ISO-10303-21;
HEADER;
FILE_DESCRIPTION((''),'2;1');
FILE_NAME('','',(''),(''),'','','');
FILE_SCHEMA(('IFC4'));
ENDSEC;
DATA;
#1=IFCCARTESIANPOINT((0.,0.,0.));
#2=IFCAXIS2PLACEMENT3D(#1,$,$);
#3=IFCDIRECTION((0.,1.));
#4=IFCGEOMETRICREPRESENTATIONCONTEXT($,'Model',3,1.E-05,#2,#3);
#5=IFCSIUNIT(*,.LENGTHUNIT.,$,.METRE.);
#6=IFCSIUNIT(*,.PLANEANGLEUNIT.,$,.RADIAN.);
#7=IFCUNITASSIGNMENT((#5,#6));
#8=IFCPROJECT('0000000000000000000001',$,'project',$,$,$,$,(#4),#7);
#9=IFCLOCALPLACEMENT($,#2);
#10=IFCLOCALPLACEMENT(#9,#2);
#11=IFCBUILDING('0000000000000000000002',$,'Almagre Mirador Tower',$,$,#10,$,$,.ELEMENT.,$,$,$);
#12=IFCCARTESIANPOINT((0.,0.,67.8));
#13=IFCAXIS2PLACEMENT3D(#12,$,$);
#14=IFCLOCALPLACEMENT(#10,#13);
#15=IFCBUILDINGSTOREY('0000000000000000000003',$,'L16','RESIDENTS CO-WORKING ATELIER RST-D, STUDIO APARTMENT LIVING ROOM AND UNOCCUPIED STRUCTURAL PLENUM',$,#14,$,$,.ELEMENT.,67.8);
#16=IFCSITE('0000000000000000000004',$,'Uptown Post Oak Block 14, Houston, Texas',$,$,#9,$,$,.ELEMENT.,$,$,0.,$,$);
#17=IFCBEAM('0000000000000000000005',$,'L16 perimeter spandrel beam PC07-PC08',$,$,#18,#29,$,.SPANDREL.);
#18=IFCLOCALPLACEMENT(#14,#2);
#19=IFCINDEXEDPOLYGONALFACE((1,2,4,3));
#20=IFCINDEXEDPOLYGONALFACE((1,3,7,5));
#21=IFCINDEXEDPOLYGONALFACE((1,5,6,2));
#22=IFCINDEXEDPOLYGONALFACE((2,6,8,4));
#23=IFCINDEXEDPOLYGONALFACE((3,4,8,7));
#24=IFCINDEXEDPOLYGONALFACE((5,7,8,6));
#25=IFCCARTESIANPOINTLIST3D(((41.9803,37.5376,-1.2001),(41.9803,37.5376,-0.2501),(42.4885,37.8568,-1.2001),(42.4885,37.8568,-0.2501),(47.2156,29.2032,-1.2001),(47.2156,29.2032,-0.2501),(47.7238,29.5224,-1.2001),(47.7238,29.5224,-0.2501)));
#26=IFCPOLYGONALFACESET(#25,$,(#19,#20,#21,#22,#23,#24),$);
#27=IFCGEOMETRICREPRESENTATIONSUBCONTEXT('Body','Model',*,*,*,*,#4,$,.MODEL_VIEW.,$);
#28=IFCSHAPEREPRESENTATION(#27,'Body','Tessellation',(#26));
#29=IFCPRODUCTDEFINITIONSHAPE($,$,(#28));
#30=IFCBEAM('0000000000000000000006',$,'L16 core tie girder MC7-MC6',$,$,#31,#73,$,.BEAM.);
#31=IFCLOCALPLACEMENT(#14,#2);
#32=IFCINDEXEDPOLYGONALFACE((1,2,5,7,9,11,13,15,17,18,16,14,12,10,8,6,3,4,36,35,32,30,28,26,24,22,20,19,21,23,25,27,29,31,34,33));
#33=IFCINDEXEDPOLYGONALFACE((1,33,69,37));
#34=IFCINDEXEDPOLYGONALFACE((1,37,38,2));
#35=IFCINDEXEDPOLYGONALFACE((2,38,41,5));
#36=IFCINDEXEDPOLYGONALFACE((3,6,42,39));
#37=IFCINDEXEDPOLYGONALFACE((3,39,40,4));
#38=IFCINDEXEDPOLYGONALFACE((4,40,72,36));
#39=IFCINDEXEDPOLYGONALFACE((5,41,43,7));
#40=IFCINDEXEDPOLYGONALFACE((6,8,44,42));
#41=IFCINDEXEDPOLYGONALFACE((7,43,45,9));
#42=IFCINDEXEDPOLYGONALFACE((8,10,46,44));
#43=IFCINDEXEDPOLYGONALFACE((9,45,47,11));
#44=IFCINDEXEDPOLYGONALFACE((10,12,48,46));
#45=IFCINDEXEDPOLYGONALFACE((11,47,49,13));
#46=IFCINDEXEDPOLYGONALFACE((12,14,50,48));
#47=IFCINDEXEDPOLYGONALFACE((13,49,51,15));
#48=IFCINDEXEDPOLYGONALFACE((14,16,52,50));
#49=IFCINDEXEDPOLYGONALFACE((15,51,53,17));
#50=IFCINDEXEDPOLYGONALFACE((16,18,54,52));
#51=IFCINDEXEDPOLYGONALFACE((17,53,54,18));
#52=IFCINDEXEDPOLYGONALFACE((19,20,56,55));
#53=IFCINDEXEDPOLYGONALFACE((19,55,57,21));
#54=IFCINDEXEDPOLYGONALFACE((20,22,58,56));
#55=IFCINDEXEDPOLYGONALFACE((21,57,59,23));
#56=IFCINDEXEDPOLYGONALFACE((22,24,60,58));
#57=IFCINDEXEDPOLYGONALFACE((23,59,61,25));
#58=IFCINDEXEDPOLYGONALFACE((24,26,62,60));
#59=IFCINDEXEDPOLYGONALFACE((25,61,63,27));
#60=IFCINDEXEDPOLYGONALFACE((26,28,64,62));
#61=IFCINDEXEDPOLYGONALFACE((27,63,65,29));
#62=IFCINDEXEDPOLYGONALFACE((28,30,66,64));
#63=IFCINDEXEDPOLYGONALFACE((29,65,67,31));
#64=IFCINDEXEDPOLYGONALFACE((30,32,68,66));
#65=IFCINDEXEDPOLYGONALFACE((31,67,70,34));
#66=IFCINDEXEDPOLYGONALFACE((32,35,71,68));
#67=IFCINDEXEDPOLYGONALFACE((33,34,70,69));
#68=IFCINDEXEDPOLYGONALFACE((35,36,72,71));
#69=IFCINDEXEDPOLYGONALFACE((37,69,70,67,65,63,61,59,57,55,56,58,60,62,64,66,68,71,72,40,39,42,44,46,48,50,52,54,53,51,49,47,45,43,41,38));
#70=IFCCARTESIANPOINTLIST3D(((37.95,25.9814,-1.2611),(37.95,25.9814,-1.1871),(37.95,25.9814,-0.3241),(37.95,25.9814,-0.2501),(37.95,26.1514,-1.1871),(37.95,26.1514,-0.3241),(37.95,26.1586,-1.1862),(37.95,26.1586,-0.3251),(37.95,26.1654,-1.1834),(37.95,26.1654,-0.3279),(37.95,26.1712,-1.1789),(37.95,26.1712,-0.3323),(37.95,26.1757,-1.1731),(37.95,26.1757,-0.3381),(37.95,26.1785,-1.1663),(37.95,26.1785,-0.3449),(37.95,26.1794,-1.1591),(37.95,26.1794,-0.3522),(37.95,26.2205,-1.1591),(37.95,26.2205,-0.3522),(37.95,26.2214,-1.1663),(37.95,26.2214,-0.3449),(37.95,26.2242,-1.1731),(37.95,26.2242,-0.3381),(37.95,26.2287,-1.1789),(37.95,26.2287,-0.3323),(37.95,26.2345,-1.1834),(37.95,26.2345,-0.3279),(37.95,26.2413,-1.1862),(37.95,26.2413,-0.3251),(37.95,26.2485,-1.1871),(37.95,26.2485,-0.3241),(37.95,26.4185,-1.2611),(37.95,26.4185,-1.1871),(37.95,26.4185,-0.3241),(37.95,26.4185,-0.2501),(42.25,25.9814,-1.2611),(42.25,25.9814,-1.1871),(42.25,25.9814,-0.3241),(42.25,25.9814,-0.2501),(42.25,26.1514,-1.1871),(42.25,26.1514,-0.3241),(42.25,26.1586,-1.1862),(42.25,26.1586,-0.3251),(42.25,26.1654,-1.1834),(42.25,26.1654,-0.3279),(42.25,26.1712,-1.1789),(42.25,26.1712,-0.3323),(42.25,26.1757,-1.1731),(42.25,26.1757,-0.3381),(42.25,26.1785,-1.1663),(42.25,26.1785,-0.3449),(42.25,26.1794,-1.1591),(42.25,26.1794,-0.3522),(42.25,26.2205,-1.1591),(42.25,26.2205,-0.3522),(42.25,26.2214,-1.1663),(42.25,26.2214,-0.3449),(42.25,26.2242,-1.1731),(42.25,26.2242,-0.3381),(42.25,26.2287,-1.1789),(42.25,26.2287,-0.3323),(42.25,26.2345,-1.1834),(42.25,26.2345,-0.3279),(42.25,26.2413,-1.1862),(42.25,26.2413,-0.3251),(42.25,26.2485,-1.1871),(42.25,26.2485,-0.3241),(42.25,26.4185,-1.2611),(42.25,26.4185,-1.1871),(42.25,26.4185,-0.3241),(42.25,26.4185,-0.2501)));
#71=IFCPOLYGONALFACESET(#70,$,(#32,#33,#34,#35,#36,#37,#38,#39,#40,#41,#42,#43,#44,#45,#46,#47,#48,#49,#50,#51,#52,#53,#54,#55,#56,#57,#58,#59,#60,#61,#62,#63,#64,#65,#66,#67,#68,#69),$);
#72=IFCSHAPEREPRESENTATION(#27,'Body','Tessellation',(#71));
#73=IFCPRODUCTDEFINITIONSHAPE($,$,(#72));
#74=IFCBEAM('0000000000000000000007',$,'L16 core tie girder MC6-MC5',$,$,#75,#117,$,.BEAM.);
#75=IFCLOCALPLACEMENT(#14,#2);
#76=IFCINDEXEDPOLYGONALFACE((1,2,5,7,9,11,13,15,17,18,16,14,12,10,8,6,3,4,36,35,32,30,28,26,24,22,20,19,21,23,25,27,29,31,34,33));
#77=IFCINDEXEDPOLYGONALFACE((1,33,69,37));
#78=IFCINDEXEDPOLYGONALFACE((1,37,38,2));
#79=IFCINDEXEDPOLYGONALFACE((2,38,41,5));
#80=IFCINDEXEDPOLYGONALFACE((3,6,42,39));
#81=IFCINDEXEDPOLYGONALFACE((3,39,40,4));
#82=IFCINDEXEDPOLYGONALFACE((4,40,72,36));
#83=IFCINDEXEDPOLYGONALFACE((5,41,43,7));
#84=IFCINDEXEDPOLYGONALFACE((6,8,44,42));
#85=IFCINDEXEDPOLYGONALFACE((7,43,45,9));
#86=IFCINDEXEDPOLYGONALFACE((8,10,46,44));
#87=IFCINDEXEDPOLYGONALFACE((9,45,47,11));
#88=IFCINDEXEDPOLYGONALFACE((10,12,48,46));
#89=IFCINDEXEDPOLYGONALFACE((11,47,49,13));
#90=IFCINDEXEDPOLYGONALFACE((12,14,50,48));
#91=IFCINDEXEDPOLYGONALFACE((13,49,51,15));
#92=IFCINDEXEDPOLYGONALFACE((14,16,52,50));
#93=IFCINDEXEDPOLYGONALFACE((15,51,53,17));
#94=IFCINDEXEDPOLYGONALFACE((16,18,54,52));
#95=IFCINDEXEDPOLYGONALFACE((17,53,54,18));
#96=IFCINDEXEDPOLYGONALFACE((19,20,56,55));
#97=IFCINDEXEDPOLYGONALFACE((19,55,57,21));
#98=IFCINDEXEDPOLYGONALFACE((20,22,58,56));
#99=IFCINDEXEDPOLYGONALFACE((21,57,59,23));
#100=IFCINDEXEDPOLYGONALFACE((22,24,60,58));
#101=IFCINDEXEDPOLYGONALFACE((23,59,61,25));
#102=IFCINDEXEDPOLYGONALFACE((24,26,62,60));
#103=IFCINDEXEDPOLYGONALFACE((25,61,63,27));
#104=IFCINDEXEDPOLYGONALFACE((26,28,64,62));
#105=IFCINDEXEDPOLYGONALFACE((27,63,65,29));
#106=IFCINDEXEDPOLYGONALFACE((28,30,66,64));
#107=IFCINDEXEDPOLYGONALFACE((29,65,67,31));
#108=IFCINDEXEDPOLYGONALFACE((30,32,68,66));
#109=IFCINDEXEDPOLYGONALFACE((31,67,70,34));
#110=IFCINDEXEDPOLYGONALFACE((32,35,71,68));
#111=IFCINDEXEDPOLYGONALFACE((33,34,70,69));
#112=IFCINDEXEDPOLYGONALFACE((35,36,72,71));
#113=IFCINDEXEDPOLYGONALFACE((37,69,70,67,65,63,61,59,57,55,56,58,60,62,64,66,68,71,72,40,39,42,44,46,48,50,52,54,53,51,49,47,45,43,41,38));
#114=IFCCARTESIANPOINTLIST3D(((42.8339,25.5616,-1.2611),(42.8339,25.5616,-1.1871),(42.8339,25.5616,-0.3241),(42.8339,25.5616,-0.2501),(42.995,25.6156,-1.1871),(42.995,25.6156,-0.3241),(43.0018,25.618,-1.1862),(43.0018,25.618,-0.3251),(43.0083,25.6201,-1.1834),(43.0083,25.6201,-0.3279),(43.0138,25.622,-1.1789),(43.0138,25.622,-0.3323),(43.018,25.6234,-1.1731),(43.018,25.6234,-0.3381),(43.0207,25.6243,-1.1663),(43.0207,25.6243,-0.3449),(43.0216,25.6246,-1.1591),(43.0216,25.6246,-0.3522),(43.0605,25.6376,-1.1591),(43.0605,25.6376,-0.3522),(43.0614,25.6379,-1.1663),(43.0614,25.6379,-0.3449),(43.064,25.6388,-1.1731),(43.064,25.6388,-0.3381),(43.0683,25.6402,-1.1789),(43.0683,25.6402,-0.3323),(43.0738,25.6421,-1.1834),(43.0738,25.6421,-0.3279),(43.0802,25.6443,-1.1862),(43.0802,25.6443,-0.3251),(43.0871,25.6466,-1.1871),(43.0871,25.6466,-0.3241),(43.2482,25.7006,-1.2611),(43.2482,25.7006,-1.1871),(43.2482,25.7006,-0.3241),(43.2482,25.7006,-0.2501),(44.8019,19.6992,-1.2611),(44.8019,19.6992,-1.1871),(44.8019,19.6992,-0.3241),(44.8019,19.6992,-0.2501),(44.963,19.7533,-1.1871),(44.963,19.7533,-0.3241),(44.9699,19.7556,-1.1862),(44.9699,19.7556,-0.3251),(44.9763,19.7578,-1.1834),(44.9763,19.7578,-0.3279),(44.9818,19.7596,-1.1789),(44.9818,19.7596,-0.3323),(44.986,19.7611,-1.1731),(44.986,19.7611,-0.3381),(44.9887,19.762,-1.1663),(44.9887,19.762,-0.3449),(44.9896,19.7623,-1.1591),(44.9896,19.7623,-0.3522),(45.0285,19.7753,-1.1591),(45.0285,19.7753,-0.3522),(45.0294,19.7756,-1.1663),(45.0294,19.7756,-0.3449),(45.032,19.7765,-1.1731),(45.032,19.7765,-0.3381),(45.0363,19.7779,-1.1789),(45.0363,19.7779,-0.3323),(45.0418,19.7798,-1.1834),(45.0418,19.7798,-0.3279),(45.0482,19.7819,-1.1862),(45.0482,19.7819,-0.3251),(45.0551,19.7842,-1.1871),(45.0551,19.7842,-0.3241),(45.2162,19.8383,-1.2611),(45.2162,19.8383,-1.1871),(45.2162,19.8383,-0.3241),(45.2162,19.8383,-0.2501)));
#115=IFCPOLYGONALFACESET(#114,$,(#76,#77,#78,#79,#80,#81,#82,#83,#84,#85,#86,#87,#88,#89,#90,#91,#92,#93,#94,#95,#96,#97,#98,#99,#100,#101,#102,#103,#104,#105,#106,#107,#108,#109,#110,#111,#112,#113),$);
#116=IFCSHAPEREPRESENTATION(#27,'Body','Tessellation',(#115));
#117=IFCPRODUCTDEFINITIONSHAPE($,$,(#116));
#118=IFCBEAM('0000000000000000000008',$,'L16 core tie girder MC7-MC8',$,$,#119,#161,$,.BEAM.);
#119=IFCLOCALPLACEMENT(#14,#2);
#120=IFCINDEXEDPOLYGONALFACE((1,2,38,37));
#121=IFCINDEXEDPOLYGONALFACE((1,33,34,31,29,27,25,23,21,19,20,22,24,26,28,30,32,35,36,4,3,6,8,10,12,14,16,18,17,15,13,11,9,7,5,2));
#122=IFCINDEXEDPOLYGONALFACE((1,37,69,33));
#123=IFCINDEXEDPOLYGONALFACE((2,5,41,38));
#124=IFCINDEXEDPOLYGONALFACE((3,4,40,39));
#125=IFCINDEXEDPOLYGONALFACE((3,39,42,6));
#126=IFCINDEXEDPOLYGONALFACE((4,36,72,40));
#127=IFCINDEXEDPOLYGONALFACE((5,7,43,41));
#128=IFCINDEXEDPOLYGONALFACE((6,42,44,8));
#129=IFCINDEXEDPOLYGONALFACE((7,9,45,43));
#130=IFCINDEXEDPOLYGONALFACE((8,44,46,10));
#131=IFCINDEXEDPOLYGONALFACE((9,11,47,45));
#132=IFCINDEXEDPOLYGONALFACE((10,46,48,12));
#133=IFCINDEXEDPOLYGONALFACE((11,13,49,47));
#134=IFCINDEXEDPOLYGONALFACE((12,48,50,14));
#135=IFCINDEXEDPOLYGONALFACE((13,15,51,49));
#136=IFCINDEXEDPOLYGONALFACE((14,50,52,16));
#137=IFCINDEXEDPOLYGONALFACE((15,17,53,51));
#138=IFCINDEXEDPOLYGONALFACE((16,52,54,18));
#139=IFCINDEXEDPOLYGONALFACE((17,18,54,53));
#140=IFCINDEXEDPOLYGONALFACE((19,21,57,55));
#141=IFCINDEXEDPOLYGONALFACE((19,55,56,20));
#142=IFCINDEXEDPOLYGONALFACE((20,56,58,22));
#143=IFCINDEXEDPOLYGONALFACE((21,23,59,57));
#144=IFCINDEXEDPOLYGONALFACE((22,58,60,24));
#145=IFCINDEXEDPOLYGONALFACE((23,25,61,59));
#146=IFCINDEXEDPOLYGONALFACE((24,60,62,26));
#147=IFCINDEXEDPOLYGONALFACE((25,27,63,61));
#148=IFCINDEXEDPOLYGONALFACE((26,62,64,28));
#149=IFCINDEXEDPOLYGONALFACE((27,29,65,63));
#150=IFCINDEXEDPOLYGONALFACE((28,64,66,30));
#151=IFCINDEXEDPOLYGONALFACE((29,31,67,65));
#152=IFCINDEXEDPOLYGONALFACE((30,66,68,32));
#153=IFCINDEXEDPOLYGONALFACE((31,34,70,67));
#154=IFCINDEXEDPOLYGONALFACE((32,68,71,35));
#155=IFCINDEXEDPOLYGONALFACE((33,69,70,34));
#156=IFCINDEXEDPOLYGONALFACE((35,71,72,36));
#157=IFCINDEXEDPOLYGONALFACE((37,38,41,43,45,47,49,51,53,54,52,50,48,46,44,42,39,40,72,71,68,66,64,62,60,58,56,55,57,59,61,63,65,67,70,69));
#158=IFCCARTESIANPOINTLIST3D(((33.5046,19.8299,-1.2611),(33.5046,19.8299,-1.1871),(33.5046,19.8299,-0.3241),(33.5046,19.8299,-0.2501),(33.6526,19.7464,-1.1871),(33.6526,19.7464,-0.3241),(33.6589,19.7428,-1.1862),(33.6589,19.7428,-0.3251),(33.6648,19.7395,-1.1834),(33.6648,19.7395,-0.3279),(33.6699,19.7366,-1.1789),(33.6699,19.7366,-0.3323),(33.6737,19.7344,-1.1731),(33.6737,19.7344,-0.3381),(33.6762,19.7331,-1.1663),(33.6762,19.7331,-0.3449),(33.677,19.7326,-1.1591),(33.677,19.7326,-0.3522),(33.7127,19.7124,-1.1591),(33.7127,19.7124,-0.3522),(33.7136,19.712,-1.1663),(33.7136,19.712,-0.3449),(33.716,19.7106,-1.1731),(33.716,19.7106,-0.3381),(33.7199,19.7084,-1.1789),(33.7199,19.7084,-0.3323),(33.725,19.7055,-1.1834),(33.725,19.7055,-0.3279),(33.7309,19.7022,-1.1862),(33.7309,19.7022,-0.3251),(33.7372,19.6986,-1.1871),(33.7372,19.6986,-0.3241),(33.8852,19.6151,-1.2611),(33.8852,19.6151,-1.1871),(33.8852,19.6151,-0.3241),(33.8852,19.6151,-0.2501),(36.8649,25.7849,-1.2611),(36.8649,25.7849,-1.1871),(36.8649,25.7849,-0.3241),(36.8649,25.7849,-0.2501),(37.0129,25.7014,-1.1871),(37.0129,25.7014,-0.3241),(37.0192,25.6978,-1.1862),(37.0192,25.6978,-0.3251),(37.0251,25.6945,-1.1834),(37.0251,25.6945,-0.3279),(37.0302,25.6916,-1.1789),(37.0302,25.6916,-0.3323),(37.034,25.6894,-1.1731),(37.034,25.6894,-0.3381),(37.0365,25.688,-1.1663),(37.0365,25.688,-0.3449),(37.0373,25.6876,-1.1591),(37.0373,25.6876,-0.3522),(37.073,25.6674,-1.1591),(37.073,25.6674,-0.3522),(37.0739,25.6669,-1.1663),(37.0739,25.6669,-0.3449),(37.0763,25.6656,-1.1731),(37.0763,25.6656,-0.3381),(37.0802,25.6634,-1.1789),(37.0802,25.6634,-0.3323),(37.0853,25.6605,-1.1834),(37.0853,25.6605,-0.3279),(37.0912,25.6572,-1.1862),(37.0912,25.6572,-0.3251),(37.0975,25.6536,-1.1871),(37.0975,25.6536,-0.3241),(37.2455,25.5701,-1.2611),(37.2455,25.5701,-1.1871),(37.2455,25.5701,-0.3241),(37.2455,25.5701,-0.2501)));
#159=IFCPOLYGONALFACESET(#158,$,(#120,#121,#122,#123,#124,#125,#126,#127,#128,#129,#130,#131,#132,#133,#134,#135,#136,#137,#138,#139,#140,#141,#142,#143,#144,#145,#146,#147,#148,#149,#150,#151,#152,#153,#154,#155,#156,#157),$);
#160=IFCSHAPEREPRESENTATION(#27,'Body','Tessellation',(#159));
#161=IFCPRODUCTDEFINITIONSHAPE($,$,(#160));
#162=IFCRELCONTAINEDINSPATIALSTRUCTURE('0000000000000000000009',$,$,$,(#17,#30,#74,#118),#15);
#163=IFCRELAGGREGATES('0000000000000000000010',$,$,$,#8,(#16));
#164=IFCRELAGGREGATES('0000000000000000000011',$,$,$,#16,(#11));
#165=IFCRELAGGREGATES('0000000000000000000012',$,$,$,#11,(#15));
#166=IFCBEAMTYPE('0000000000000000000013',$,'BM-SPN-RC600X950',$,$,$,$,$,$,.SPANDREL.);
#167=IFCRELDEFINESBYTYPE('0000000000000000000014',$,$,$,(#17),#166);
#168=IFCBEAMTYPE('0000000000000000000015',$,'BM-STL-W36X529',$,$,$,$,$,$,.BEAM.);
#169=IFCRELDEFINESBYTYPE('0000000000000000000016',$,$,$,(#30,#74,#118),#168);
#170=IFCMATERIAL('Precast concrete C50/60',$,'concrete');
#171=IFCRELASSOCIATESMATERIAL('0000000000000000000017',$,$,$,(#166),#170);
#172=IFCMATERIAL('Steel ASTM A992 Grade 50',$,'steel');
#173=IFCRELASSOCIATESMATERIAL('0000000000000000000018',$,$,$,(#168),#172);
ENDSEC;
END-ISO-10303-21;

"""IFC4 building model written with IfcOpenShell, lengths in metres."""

from ifc_helpers import new_model, si_unit, direction, frame, origin, origin_2d, place, context, subcontext, project, spatial, rectangle, i_section, extrude, material, material_profile, profile_set, type_object, element, save


model = new_model("IFC4")

# Units and contexts
model_context = context("Model", 3, precision=1e-05, world=origin(), true_north=direction((0.0, 1.0)))
body_context = subcontext(model_context, "Body", "Model", "MODEL_VIEW")
ifc_project = project(units=[si_unit("LENGTHUNIT", "METRE"), si_unit("PLANEANGLEUNIT", "RADIAN")], contexts=[model_context])

# Site, building, storey
site_placement = place(None, origin())
site = spatial("IfcSite", under=ifc_project, at=site_placement, Name="Uptown Post Oak Block 14, Houston, Texas", CompositionType="ELEMENT", RefElevation=0.0)
building_placement = place(site_placement, origin())
building = spatial("IfcBuilding", under=site, at=building_placement, Name="Almagre Mirador Tower", CompositionType="ELEMENT")
storey_placement = place(building_placement, frame((0.0, 0.0, 67.8)))
storey = spatial("IfcBuildingStorey", under=building, at=storey_placement, Name="L16", Description="RESIDENTS CO-WORKING ATELIER RST-D, STUDIO APARTMENT LIVING ROOM AND UNOCCUPIED STRUCTURAL PLENUM", CompositionType="ELEMENT", Elevation=67.8)

# Beams
ifc_material_1 = material(Name="Precast concrete C50/60", Category="concrete")
ifc_material_profile_1 = material_profile(ifc_material_1, rectangle(XDim=0.6001, YDim=0.95, at=origin_2d()), Name="RC600X950")
ifc_profile_set_1 = profile_set([ifc_material_profile_1], Name="Precast concrete C50/60")
beam_type_1 = type_object("IfcBeamType", Name="BM-SPN-RC600X950", PredefinedType="SPANDREL", material=ifc_profile_set_1)
beam_1_placement = place(storey_placement, frame((47.4697, 29.3628, -0.7251), z_axis=(-0.53192, 0.846795, 0.0), x_axis=(-0.846795, -0.53192, 0.0)))
element("IfcBeam", 1, at=beam_1_placement, inside=storey, type_object=beam_type_1, Name="L16 perimeter spandrel beam PC07-PC08", PredefinedType="SPANDREL", context=body_context, shape_type="SweptSolid", body=[
    extrude(rectangle(XDim=0.6001, YDim=0.95, at=origin_2d()), origin(), (0.0, 0.0, 1.0), 9.8423),
])
ifc_material_2 = material(Name="Steel ASTM A992 Grade 50", Category="steel")
ifc_material_profile_2 = material_profile(ifc_material_2, i_section(OverallWidth=0.437, OverallDepth=1.011, WebThickness=0.041, FlangeThickness=0.074, FilletRadius=0.0281, at=origin_2d()), Name="W36X529")
ifc_profile_set_2 = profile_set([ifc_material_profile_2], Name="Steel ASTM A992 Grade 50")
beam_type_2 = type_object("IfcBeamType", Name="BM-STL-W36X529", PredefinedType="BEAM", material=ifc_profile_set_2)
beam_2_placement = place(storey_placement, frame((37.95, 26.2, -0.7556), z_axis=(1.0, 0.0, 0.0), x_axis=(0.0, 1.0, 0.0)))
element("IfcBeam", 2, at=beam_2_placement, inside=storey, type_object=beam_type_2, Name="L16 core tie girder MC7-MC6", PredefinedType="BEAM", context=body_context, shape_type="SweptSolid", body=[
    extrude(i_section(OverallWidth=0.437, OverallDepth=1.011, WebThickness=0.041, FlangeThickness=0.074, FilletRadius=0.0281, at=origin_2d()), origin(), (0.0, 0.0, 1.0), 4.3),
])
beam_3_placement = place(storey_placement, frame((43.041, 25.6311, -0.7556), z_axis=(0.318252, -0.948006, 0.0), x_axis=(0.948006, 0.318252, 0.0)))
element("IfcBeam", 3, at=beam_3_placement, inside=storey, type_object=beam_type_2, Name="L16 core tie girder MC6-MC5", PredefinedType="BEAM", context=body_context, shape_type="SweptSolid", body=[
    extrude(i_section(OverallWidth=0.437, OverallDepth=1.011, WebThickness=0.041, FlangeThickness=0.074, FilletRadius=0.0281, at=origin_2d()), origin(), (0.0, 0.0, 1.0), 6.1838),
])
beam_4_placement = place(storey_placement, frame((37.0552, 25.6775, -0.7556), z_axis=(-0.491441, -0.870911, 0.0), x_axis=(0.870911, -0.491441, 0.0)))
element("IfcBeam", 4, at=beam_4_placement, inside=storey, type_object=beam_type_2, Name="L16 core tie girder MC7-MC8", PredefinedType="BEAM", context=body_context, shape_type="SweptSolid", body=[
    extrude(i_section(OverallWidth=0.437, OverallDepth=1.011, WebThickness=0.041, FlangeThickness=0.074, FilletRadius=0.0281, at=origin_2d()), origin(), (0.0, 0.0, 1.0), 6.8376),
])

save(model, "model.ifc")
